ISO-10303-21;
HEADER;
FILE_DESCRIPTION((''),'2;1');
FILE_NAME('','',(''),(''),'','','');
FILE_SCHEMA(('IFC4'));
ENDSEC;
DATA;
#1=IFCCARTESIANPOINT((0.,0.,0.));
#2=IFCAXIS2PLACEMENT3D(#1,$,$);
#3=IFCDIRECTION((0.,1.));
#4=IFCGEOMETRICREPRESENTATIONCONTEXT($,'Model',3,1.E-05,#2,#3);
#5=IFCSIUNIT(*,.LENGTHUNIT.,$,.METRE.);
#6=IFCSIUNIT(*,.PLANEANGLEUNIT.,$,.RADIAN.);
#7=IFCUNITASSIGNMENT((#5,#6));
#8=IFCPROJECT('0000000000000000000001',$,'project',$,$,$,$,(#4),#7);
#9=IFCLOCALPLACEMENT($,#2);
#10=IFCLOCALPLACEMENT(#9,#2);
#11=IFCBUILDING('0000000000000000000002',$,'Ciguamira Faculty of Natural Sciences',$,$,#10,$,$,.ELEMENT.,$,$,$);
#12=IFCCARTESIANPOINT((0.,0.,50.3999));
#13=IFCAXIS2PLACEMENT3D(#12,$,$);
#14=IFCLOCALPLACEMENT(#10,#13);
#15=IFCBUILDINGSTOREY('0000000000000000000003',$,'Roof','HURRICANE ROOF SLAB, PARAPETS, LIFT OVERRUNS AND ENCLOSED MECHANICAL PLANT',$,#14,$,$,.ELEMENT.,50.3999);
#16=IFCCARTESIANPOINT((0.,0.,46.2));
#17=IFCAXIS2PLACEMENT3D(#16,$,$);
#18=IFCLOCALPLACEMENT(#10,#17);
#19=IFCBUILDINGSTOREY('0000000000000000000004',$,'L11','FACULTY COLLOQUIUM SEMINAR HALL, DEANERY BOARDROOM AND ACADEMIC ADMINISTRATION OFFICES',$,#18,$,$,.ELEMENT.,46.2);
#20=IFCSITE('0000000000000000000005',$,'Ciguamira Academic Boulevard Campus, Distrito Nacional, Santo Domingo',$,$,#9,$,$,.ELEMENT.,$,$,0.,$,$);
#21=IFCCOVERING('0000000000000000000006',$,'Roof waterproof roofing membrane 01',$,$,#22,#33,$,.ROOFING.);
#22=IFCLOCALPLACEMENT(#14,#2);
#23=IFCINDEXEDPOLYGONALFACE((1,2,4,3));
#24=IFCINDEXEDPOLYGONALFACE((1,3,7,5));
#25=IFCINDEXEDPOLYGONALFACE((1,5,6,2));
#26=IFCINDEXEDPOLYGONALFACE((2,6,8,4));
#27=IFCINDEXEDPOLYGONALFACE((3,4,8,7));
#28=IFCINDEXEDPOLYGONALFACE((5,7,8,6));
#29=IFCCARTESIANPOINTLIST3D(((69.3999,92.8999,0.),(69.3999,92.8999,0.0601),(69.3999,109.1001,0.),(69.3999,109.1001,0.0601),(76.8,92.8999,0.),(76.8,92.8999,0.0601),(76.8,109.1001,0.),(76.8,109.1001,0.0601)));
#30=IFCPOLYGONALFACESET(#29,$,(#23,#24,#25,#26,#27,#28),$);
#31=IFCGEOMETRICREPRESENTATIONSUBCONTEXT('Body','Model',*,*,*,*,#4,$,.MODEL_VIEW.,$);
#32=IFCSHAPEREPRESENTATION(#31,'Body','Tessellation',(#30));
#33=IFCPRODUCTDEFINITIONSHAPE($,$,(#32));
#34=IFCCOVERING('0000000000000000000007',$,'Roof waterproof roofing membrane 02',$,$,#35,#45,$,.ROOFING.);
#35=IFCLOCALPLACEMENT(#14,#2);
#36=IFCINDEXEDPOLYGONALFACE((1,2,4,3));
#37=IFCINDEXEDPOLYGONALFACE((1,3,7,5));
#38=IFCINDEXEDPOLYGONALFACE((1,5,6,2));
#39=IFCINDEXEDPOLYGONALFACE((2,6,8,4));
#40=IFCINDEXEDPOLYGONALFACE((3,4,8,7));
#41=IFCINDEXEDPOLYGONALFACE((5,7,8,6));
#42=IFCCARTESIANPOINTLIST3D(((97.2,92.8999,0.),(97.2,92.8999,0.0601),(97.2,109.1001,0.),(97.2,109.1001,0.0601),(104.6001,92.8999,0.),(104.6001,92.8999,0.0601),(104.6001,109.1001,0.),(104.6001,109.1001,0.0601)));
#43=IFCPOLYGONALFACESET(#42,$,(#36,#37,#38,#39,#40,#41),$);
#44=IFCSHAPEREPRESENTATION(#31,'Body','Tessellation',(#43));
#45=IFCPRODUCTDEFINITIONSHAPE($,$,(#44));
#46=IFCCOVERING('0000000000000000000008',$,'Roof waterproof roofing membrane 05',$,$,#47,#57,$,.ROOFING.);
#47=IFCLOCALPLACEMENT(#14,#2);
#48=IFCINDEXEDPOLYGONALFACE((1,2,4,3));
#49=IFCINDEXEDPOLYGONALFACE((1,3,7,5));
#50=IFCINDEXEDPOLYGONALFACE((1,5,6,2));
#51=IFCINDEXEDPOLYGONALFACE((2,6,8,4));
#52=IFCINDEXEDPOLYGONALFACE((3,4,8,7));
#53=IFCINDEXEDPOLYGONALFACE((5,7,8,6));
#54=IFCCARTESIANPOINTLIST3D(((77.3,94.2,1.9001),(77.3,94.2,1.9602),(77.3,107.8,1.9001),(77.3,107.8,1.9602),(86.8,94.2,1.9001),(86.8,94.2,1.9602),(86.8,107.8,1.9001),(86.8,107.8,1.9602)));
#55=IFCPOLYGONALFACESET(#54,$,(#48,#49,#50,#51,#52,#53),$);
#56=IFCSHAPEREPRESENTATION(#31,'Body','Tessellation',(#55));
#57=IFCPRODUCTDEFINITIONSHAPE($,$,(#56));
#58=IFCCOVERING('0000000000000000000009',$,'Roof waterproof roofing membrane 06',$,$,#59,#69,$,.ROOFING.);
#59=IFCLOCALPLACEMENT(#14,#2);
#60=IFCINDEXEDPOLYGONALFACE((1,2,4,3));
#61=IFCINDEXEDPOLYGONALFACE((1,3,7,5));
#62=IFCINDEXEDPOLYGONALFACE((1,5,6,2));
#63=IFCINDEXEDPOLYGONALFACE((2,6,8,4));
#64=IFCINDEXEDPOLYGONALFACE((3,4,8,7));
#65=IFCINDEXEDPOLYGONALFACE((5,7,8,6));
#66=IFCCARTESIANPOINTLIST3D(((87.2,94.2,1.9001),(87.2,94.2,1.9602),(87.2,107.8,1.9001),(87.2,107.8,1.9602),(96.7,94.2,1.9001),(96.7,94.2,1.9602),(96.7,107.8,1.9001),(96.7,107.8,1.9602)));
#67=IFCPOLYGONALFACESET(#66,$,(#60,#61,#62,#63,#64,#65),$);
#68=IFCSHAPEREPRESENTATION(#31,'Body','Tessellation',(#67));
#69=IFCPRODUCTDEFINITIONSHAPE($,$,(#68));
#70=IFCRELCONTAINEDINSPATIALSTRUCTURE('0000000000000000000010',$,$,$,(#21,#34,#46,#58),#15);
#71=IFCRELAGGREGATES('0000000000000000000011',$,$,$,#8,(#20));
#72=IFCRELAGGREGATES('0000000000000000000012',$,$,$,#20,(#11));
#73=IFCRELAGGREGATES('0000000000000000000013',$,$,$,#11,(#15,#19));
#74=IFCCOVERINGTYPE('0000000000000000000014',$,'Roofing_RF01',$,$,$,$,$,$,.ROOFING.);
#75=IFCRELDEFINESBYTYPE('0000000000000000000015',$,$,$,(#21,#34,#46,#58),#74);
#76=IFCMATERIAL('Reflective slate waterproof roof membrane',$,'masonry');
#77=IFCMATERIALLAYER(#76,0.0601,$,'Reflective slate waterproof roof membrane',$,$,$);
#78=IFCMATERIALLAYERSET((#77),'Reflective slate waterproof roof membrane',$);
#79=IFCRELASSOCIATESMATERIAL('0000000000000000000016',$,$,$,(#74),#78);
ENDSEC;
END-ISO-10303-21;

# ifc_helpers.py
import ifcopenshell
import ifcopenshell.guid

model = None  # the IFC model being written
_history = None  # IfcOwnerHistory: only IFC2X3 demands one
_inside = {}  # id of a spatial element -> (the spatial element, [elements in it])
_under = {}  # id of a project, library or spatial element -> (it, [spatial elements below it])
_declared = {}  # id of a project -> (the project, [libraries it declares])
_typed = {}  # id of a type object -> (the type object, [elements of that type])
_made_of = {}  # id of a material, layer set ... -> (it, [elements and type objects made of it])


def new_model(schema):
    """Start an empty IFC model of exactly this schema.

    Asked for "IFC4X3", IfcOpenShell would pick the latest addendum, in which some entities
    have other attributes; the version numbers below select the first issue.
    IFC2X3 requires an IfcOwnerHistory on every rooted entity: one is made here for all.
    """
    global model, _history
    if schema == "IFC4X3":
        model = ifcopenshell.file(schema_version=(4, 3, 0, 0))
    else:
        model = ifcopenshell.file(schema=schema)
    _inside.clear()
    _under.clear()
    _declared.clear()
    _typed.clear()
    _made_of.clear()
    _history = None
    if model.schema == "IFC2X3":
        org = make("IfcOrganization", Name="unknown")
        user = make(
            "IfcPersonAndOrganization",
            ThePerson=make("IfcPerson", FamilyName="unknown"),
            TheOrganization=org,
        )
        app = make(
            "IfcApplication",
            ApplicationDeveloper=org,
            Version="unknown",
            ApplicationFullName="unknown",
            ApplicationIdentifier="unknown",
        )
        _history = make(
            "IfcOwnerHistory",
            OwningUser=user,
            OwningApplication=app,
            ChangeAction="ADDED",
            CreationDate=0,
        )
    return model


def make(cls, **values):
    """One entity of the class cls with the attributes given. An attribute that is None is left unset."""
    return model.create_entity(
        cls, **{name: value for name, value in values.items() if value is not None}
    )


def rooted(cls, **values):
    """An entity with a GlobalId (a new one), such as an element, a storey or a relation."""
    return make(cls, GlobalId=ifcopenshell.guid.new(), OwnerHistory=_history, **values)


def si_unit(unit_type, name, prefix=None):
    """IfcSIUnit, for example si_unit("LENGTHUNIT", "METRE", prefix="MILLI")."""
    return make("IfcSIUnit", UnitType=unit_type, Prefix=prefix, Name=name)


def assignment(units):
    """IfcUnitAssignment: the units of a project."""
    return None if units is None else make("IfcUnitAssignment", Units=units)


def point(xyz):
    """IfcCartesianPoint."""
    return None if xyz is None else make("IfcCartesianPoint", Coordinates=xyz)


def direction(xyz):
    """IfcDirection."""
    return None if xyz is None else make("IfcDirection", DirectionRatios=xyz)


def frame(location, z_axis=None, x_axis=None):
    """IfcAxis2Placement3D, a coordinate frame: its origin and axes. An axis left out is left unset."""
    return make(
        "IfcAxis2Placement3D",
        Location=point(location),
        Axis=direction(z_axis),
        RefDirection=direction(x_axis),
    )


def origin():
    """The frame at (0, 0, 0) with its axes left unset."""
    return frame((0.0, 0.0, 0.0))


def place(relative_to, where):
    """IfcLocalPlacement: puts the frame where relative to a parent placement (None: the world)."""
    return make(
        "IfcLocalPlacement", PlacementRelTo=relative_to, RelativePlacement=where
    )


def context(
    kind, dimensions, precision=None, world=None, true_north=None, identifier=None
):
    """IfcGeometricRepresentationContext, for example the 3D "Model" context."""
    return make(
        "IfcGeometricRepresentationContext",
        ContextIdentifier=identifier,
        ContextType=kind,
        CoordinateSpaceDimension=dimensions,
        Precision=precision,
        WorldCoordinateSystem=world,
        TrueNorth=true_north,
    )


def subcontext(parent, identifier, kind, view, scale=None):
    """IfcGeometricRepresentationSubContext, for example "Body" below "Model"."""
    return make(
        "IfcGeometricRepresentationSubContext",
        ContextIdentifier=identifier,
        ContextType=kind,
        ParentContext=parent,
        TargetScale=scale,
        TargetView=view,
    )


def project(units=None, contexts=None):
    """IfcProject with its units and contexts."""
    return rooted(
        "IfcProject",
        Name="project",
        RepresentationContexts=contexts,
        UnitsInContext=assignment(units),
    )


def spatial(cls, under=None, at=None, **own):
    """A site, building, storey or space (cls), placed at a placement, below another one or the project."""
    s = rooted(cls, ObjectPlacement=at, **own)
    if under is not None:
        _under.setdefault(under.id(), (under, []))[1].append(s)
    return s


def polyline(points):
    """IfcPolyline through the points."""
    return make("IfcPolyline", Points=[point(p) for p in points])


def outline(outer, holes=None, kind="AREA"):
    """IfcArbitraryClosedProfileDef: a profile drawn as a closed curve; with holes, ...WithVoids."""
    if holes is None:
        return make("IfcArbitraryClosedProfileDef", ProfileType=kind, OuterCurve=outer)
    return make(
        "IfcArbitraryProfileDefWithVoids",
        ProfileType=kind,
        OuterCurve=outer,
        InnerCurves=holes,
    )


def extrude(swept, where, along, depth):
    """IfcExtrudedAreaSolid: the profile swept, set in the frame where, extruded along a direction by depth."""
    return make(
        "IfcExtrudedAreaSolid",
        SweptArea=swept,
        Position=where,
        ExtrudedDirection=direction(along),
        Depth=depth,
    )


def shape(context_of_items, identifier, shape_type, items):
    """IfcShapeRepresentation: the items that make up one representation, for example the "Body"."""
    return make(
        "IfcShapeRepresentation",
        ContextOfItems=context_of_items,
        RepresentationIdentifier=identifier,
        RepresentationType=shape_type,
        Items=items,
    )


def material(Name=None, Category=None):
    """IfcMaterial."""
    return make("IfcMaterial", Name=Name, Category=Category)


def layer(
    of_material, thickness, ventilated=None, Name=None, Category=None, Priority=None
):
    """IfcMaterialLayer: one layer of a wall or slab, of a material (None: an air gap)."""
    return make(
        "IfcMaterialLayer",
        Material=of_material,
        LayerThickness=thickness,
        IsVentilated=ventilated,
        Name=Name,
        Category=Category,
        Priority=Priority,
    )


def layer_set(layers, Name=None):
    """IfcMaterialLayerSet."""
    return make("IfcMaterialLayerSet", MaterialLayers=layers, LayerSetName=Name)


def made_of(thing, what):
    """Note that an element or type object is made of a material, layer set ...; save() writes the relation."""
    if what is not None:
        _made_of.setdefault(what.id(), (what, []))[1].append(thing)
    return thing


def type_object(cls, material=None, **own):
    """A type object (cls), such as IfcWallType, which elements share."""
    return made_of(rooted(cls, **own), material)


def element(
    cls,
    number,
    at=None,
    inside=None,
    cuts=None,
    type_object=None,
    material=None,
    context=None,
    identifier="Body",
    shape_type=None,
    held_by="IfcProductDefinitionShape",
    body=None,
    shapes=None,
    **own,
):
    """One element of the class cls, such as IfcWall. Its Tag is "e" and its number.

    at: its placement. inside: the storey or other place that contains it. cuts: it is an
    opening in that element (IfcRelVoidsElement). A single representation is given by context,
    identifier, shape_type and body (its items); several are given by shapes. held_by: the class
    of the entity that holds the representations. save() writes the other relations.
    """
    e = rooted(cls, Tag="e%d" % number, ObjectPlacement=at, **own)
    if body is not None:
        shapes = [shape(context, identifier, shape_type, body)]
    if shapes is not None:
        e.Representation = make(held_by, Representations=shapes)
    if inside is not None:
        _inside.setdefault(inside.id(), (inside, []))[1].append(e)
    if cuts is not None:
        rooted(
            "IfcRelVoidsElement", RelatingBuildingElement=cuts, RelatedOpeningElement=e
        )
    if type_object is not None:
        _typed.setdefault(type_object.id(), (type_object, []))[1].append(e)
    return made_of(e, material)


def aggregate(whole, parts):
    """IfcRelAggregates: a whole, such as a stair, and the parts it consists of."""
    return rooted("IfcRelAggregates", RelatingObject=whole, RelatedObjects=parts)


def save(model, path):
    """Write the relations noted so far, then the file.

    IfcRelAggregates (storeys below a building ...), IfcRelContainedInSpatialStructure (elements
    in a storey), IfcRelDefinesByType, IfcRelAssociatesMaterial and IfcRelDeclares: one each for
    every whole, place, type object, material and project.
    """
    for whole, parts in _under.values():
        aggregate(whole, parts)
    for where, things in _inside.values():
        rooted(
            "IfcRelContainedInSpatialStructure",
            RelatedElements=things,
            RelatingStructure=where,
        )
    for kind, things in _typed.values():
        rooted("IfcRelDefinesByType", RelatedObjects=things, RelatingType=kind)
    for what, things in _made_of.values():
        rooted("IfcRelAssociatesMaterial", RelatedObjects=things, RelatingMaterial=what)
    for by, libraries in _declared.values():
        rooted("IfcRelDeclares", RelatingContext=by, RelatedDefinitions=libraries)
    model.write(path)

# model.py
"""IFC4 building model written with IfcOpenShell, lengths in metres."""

from ifc_helpers import new_model, si_unit, direction, frame, origin, place, context, subcontext, project, spatial, polyline, outline, extrude, material, layer, layer_set, type_object, element, save


model = new_model("IFC4")

# Units and contexts
model_context = context("Model", 3, precision=1e-05, world=origin(), true_north=direction((0.0, 1.0)))
body_context = subcontext(model_context, "Body", "Model", "MODEL_VIEW")
ifc_project = project(units=[si_unit("LENGTHUNIT", "METRE"), si_unit("PLANEANGLEUNIT", "RADIAN")], contexts=[model_context])

# Site, building, storey
site_placement = place(None, origin())
site = spatial("IfcSite", under=ifc_project, at=site_placement, Name="Ciguamira Academic Boulevard Campus, Distrito Nacional, Santo Domingo", CompositionType="ELEMENT", RefElevation=0.0)
building_placement = place(site_placement, origin())
building = spatial("IfcBuilding", under=site, at=building_placement, Name="Ciguamira Faculty of Natural Sciences", CompositionType="ELEMENT")
storey_1_placement = place(building_placement, frame((0.0, 0.0, 50.3999)))
storey_1 = spatial("IfcBuildingStorey", under=building, at=storey_1_placement, Name="Roof", Description="HURRICANE ROOF SLAB, PARAPETS, LIFT OVERRUNS AND ENCLOSED MECHANICAL PLANT", CompositionType="ELEMENT", Elevation=50.3999)

# Shared definitions
storey_2_placement = place(building_placement, frame((0.0, 0.0, 46.2)))
storey_2 = spatial("IfcBuildingStorey", under=building, at=storey_2_placement, Name="L11", Description="FACULTY COLLOQUIUM SEMINAR HALL, DEANERY BOARDROOM AND ACADEMIC ADMINISTRATION OFFICES", CompositionType="ELEMENT", Elevation=46.2)

# Coverings
ifc_material_1 = material(Name="Reflective slate waterproof roof membrane", Category="masonry")
ifc_layer_1 = layer(ifc_material_1, 0.0601, Name="Reflective slate waterproof roof membrane")
ifc_layer_set_1 = layer_set([ifc_layer_1], Name="Reflective slate waterproof roof membrane")
covering_type = type_object("IfcCoveringType", Name="Roofing_RF01", PredefinedType="ROOFING", material=ifc_layer_set_1)
covering_1_placement = place(storey_1_placement, origin())
element("IfcCovering", 1, at=covering_1_placement, inside=storey_1, type_object=covering_type, Name="Roof waterproof roofing membrane 01", PredefinedType="ROOFING", context=body_context, shape_type="SweptSolid", body=[
    extrude(outline(polyline([(69.3999, 92.8999), (76.8, 92.8999), (76.8, 109.1001), (69.3999, 109.1001), (69.3999, 92.8999)])), origin(), (0.0, 0.0, 1.0), 0.0601),
])
covering_2_placement = place(storey_1_placement, origin())
element("IfcCovering", 2, at=covering_2_placement, inside=storey_1, type_object=covering_type, Name="Roof waterproof roofing membrane 02", PredefinedType="ROOFING", context=body_context, shape_type="SweptSolid", body=[
    extrude(outline(polyline([(97.2, 92.8999), (104.6001, 92.8999), (104.6001, 109.1001), (97.2, 109.1001), (97.2, 92.8999)])), origin(), (0.0, 0.0, 1.0), 0.0601),
])
covering_3_placement = place(storey_1_placement, frame((0.0, 0.0, 1.9001)))
element("IfcCovering", 3, at=covering_3_placement, inside=storey_1, type_object=covering_type, Name="Roof waterproof roofing membrane 05", PredefinedType="ROOFING", context=body_context, shape_type="SweptSolid", body=[
    extrude(outline(polyline([(77.3, 94.2), (86.8, 94.2), (86.8, 107.8), (77.3, 107.8), (77.3, 94.2)])), origin(), (0.0, 0.0, 1.0), 0.0601),
])
covering_4_placement = place(storey_1_placement, frame((0.0, 0.0, 1.9001)))
element("IfcCovering", 4, at=covering_4_placement, inside=storey_1, type_object=covering_type, Name="Roof waterproof roofing membrane 06", PredefinedType="ROOFING", context=body_context, shape_type="SweptSolid", body=[
    extrude(outline(polyline([(87.2, 94.2), (96.7, 94.2), (96.7, 107.8), (87.2, 107.8), (87.2, 94.2)])), origin(), (0.0, 0.0, 1.0), 0.0601),
])

save(model, "model.ifc")
